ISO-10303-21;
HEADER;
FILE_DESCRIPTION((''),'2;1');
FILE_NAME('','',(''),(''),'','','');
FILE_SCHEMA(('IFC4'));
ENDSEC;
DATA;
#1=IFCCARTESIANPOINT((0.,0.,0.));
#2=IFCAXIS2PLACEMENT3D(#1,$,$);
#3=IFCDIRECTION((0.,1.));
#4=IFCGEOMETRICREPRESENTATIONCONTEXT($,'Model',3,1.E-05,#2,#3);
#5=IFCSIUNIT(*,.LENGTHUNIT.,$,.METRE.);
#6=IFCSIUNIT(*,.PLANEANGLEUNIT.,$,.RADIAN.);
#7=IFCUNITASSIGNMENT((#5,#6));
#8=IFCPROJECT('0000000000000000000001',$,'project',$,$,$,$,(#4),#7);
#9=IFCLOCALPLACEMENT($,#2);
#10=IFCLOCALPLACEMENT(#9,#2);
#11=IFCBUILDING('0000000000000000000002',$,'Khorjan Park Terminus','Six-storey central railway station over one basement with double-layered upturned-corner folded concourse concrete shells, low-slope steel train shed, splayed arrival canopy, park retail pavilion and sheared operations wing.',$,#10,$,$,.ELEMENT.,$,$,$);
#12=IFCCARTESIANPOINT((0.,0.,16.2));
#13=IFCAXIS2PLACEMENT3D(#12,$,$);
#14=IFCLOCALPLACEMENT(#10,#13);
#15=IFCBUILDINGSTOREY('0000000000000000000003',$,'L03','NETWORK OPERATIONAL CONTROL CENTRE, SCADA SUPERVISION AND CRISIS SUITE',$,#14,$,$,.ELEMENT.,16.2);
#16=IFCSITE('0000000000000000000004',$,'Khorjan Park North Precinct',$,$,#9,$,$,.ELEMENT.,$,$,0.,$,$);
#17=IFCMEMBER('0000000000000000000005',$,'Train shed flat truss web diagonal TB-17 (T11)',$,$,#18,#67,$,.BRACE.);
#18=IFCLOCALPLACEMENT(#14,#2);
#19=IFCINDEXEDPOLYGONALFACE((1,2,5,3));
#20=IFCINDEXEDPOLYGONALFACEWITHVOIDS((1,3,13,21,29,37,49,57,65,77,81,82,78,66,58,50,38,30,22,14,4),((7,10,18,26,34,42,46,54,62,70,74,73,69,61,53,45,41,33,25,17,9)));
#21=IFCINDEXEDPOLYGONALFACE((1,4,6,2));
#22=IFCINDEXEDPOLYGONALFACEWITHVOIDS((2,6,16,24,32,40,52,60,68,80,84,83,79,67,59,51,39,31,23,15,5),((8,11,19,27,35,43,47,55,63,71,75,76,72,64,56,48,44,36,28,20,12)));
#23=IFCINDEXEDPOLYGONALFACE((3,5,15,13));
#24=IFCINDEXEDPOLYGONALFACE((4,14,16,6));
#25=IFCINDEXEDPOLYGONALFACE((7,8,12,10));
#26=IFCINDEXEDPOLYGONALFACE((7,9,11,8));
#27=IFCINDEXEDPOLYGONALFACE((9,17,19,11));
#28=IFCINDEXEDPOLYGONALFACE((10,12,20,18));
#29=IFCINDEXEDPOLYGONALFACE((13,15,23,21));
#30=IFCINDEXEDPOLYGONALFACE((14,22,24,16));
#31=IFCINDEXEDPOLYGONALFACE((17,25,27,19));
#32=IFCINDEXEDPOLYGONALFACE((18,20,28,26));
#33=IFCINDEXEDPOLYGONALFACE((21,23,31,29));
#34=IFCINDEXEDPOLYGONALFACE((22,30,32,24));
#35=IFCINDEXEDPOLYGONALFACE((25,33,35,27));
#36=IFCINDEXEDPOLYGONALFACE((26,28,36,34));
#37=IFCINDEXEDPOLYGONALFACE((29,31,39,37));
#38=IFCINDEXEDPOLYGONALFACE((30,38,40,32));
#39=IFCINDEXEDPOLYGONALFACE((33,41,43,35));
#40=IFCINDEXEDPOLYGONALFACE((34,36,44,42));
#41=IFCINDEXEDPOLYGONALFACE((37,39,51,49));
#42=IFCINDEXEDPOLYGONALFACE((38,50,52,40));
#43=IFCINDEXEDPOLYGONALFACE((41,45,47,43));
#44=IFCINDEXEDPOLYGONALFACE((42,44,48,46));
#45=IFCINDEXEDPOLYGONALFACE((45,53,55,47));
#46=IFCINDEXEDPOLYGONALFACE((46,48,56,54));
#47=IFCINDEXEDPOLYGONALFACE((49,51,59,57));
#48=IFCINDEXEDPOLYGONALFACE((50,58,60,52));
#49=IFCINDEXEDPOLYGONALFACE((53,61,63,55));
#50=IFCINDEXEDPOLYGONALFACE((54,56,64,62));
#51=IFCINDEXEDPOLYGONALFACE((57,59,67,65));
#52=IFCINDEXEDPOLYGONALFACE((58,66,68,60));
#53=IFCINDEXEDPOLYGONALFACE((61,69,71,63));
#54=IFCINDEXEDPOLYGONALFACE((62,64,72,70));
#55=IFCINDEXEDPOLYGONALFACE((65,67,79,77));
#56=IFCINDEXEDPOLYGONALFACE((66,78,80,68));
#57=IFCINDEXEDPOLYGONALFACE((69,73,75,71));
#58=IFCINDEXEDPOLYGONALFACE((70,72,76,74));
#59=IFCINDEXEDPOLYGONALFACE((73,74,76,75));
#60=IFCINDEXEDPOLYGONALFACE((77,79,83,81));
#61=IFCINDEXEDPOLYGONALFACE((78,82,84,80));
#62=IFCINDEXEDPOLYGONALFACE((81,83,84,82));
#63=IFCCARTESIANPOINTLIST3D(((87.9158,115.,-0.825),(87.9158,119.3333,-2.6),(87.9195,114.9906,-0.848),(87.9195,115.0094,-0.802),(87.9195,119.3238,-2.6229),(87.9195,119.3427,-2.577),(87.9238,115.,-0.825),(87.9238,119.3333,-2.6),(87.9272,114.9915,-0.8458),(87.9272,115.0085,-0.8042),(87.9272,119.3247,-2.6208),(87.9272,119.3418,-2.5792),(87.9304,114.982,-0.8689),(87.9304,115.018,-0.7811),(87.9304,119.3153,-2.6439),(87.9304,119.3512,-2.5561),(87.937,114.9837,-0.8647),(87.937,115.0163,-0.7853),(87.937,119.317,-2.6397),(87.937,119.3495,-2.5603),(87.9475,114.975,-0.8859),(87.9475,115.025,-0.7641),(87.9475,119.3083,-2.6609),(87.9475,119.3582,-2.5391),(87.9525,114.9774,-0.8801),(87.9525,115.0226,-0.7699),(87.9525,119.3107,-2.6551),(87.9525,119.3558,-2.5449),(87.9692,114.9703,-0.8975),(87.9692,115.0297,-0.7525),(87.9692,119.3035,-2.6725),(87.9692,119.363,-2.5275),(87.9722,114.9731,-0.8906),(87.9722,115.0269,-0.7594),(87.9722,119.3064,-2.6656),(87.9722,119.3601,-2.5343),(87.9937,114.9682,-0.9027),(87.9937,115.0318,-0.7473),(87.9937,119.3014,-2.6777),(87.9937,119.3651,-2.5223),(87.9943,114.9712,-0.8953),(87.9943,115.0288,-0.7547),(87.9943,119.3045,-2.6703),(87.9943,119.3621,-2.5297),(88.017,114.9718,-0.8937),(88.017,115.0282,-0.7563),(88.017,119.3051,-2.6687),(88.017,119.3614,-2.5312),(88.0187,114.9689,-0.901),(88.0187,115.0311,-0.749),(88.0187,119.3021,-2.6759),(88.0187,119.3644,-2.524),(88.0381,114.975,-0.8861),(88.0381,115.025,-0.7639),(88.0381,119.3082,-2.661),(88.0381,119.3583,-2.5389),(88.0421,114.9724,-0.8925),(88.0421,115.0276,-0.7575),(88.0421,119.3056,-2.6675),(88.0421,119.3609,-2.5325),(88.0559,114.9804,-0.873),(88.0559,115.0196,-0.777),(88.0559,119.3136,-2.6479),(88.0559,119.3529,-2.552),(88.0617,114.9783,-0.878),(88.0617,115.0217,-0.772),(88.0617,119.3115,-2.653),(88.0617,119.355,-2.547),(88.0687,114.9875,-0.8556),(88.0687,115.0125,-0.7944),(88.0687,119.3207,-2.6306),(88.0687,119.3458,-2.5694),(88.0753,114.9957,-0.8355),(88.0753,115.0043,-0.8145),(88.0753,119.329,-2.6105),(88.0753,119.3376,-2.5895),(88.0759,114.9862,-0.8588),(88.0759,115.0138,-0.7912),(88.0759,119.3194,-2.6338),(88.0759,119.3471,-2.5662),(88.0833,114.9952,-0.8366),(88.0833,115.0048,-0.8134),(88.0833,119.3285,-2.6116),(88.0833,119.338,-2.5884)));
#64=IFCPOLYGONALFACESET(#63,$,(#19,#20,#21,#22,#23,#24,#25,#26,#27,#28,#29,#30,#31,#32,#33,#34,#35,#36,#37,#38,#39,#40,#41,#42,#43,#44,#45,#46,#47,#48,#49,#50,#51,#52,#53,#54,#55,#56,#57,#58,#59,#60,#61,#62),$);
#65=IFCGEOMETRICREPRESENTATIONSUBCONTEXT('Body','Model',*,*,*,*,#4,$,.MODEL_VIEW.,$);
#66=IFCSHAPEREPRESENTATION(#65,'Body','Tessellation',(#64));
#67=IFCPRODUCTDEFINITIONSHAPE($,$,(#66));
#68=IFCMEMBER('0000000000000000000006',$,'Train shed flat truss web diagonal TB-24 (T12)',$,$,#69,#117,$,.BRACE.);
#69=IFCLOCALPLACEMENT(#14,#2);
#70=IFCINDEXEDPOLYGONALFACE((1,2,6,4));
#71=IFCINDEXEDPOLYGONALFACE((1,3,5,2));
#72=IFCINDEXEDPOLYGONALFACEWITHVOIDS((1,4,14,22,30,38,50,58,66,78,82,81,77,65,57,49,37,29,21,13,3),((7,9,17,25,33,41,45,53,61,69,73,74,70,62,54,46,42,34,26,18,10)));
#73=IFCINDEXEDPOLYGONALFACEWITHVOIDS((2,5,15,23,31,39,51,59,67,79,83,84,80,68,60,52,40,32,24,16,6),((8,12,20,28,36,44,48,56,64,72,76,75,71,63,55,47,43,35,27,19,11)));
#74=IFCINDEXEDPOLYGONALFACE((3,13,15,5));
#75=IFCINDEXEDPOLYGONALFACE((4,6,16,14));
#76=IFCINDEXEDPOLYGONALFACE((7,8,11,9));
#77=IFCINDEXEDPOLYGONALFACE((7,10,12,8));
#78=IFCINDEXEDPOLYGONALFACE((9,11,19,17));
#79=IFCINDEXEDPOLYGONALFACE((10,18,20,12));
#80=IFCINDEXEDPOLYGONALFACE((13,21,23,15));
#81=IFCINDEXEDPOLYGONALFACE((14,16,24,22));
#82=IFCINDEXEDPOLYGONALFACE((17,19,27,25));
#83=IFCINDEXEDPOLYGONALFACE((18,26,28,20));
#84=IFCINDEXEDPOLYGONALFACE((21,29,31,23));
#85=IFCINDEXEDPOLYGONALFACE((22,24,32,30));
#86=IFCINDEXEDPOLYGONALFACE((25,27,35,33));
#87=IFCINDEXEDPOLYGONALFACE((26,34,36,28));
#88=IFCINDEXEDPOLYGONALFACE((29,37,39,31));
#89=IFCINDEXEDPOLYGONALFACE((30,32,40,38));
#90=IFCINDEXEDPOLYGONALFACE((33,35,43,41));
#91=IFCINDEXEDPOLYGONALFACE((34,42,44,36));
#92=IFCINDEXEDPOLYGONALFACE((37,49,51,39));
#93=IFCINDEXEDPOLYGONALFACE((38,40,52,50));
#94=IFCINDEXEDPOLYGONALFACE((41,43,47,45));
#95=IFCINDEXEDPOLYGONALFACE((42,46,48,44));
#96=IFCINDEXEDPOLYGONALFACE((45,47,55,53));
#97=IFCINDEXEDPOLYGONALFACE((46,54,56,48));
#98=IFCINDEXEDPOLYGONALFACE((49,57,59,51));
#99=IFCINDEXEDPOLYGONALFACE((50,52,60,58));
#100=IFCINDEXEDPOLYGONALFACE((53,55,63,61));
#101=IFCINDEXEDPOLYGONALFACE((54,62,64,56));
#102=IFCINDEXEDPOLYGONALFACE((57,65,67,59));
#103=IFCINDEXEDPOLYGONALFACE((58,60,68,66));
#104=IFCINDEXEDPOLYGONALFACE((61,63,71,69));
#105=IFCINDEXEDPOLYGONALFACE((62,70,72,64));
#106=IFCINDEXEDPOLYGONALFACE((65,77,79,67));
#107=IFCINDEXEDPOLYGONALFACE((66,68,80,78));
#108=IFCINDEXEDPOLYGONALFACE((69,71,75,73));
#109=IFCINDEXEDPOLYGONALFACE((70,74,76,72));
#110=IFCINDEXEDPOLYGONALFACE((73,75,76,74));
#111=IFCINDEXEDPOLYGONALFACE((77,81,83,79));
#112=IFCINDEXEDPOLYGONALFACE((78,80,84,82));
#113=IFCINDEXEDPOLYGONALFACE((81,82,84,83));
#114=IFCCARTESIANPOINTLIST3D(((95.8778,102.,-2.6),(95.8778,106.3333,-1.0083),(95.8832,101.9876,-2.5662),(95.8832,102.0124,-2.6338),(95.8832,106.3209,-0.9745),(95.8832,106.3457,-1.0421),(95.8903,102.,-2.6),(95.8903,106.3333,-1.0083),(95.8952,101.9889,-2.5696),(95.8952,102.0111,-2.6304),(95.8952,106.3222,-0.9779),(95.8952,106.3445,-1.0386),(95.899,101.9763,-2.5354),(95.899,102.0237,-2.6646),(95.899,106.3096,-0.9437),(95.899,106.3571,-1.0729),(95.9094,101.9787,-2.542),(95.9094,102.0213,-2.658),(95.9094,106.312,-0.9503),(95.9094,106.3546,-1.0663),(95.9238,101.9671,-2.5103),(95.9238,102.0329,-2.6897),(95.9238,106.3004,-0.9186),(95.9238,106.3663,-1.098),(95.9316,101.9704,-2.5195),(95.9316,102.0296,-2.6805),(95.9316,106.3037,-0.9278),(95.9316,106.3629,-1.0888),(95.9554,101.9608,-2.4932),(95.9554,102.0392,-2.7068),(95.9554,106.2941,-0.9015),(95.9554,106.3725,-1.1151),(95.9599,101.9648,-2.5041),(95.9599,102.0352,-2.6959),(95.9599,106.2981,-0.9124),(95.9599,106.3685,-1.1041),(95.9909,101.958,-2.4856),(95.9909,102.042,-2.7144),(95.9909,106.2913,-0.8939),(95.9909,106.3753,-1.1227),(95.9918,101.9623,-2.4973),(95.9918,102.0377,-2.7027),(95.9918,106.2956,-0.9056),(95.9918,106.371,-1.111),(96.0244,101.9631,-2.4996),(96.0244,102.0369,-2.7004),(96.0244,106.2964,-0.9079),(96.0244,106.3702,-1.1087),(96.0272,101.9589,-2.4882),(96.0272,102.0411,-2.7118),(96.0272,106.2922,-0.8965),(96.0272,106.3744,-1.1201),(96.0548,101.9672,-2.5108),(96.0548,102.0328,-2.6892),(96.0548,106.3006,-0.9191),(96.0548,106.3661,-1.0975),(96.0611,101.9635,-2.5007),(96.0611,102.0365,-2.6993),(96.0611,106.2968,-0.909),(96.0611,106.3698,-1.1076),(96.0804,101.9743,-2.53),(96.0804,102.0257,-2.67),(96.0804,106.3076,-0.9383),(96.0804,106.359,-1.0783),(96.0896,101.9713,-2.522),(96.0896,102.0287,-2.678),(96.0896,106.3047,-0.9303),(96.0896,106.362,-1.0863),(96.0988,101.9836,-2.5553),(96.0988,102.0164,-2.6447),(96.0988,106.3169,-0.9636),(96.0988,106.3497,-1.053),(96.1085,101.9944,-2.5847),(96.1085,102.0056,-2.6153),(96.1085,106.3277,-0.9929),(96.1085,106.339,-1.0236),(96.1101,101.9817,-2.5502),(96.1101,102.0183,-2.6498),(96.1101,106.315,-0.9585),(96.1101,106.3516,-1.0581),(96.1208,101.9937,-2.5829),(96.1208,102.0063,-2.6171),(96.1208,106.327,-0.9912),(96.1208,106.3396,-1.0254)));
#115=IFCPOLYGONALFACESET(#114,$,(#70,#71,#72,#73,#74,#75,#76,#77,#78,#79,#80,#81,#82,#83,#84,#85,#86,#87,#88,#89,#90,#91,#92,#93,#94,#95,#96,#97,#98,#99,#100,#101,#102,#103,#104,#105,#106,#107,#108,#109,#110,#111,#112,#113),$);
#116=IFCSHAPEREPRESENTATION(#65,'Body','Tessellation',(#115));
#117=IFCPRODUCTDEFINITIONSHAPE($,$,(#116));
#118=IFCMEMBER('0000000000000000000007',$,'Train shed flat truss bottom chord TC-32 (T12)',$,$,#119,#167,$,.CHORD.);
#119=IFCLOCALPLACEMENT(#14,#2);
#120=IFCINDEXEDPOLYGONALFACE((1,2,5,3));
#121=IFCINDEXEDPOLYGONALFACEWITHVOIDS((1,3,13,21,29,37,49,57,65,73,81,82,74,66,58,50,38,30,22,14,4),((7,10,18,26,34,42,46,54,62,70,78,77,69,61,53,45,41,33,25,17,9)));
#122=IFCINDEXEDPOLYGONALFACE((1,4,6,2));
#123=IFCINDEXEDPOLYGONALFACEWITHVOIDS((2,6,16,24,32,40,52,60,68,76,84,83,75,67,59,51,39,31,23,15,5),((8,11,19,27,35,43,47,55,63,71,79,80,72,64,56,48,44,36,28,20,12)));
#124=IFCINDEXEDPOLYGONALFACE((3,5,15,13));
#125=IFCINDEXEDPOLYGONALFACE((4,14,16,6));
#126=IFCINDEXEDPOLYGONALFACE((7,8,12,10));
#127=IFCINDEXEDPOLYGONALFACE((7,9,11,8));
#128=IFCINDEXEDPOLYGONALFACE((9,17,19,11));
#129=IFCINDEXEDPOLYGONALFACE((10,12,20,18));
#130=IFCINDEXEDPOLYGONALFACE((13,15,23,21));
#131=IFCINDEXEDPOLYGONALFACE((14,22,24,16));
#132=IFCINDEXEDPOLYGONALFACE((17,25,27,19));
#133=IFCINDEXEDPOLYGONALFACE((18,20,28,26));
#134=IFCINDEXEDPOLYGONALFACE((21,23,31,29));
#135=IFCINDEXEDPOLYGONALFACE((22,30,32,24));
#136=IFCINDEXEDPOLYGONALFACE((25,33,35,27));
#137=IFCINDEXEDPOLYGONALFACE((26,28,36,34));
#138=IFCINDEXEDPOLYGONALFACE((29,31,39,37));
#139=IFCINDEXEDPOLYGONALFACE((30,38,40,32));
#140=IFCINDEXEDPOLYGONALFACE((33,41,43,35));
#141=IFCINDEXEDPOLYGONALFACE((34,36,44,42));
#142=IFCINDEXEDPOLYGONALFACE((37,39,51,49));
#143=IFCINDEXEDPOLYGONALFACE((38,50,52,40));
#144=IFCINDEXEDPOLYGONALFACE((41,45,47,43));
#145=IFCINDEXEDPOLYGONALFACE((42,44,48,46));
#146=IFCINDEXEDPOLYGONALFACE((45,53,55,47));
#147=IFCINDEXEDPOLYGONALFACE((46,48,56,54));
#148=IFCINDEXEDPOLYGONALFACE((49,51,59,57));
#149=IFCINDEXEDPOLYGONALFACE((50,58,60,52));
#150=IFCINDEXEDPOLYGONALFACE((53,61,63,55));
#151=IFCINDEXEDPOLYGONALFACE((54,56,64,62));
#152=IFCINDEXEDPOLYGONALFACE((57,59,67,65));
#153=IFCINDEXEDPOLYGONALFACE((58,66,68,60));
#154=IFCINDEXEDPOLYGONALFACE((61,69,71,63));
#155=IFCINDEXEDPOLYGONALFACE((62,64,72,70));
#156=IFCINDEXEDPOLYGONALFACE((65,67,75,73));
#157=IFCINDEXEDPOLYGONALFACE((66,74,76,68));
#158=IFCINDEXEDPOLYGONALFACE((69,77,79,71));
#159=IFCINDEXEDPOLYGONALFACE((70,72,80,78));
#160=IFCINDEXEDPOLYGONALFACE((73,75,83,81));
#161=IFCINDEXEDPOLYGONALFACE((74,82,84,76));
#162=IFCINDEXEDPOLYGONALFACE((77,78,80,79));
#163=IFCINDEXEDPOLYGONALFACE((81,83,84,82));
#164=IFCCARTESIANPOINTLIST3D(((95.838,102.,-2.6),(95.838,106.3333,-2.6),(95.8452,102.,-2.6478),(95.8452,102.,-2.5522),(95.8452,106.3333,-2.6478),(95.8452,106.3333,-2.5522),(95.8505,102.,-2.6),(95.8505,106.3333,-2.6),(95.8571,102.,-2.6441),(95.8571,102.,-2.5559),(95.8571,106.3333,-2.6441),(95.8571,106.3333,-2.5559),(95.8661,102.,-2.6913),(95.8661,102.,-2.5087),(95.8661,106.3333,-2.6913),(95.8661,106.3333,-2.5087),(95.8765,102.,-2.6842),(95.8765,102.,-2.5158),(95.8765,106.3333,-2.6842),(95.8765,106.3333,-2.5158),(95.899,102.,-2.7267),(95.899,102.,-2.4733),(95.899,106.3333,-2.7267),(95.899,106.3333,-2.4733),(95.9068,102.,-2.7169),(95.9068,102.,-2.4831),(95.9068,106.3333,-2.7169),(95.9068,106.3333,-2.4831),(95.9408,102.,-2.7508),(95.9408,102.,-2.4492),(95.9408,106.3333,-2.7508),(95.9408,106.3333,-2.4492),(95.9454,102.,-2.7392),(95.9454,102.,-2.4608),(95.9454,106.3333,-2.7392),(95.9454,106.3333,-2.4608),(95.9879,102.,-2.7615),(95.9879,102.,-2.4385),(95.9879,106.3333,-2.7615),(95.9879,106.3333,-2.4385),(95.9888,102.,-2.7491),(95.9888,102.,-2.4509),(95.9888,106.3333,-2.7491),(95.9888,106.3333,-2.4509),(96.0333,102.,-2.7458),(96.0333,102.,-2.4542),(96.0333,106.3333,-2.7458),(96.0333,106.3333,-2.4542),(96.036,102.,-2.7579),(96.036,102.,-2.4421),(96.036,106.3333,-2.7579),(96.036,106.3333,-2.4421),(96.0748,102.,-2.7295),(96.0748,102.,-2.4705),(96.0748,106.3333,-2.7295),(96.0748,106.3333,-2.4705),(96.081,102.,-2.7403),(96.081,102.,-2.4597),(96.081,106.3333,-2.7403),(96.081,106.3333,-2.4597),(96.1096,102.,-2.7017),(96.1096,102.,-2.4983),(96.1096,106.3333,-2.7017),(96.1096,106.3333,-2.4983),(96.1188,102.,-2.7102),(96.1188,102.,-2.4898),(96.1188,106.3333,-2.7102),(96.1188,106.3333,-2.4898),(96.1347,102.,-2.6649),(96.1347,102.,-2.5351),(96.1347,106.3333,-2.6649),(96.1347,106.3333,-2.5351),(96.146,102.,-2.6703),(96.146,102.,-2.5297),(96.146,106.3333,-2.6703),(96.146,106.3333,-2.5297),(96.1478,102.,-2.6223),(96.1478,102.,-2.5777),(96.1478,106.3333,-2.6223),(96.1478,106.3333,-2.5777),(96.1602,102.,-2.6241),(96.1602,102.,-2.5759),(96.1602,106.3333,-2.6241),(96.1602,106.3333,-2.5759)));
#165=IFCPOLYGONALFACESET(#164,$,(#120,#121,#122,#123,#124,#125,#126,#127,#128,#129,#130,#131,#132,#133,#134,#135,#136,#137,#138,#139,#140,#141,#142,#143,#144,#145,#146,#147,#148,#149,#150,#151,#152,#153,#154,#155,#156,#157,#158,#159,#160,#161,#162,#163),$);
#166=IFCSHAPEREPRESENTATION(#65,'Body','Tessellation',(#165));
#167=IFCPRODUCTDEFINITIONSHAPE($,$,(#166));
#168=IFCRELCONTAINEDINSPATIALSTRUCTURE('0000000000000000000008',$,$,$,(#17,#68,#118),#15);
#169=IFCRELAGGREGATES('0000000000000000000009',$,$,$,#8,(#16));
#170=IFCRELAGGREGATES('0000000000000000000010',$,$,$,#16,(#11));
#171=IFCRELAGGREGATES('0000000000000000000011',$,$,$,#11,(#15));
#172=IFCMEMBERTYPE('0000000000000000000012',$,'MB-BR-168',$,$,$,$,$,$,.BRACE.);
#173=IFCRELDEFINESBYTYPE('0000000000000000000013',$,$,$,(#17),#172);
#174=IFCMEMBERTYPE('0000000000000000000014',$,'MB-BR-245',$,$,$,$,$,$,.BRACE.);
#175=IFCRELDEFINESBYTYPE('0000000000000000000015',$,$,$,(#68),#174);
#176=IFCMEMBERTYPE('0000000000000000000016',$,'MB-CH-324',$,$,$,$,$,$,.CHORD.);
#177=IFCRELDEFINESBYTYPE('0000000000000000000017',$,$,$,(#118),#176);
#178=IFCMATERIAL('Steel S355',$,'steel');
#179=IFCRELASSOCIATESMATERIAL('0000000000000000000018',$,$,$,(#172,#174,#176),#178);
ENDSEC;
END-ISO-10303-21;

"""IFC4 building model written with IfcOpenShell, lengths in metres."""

from ifc_helpers import new_model, si_unit, direction, frame, origin, origin_2d, place, context, subcontext, project, spatial, hollow_circle, extrude, material, material_profile, profile_set, type_object, element, save


model = new_model("IFC4")

# Units and contexts
model_context = context("Model", 3, precision=1e-05, world=origin(), true_north=direction((0.0, 1.0)))
body_context = subcontext(model_context, "Body", "Model", "MODEL_VIEW")
ifc_project = project(units=[si_unit("LENGTHUNIT", "METRE"), si_unit("PLANEANGLEUNIT", "RADIAN")], contexts=[model_context])

# Site, building, storey
site_placement = place(None, origin())
site = spatial("IfcSite", under=ifc_project, at=site_placement, Name="Khorjan Park North Precinct", CompositionType="ELEMENT", RefElevation=0.0)
building_placement = place(site_placement, origin())
building = spatial("IfcBuilding", under=site, at=building_placement, Name="Khorjan Park Terminus", Description="Six-storey central railway station over one basement with double-layered upturned-corner folded concourse concrete shells, low-slope steel train shed, splayed arrival canopy, park retail pavilion and sheared operations wing.", CompositionType="ELEMENT")
storey_placement = place(building_placement, frame((0.0, 0.0, 16.2)))
storey = spatial("IfcBuildingStorey", under=building, at=storey_placement, Name="L03", Description="NETWORK OPERATIONAL CONTROL CENTRE, SCADA SUPERVISION AND CRISIS SUITE", CompositionType="ELEMENT", Elevation=16.2)

# Members
ifc_material_1 = material(Name="Steel S355", Category="steel")
ifc_material_profile_1 = material_profile(ifc_material_1, hollow_circle(Radius=0.0842, WallThickness=0.008, at=origin_2d()), Name="CHS 168.3x8")
ifc_profile_set_1 = profile_set([ifc_material_profile_1], Name="Steel S355")
member_type_1 = type_object("IfcMemberType", Name="MB-BR-168", PredefinedType="BRACE", material=ifc_profile_set_1)
for number, where, z_axis, x_axis, name in (
    (1, (88.0, 115.0, -0.825), (0.0, 0.925376, -0.379051), (-1.0, 0.0, 0.0), "Train shed flat truss web diagonal TB-17 (T11)"),
):
    element("IfcMember", number, at=place(storey_placement, frame(where, z_axis=z_axis, x_axis=x_axis)), inside=storey, type_object=member_type_1, Name=name, PredefinedType="BRACE", context=body_context, shape_type="SweptSolid", body=[
        extrude(hollow_circle(Radius=0.0842, WallThickness=0.008, at=origin_2d()), origin(), (0.0, 0.0, 1.0), 4.6827),
    ])
ifc_material_profile_2 = material_profile(ifc_material_1, hollow_circle(Radius=0.1222, WallThickness=0.0125, at=origin_2d()), Name="CHS 244.5x12.5")
ifc_profile_set_2 = profile_set([ifc_material_profile_2], Name="Steel S355")
member_type_2 = type_object("IfcMemberType", Name="MB-BR-245", PredefinedType="BRACE", material=ifc_profile_set_2)
member_1_placement = place(storey_placement, frame((96.0, 102.0, -2.6), z_axis=(0.0, 0.938678, 0.344794), x_axis=(-1.0, 0.0, 0.0)))
element("IfcMember", 2, at=member_1_placement, inside=storey, type_object=member_type_2, Name="Train shed flat truss web diagonal TB-24 (T12)", PredefinedType="BRACE", context=body_context, shape_type="SweptSolid", body=[
    extrude(hollow_circle(Radius=0.1222, WallThickness=0.0125, at=origin_2d()), origin(), (0.0, 0.0, 1.0), 4.6164),
])
ifc_material_profile_3 = material_profile(ifc_material_1, hollow_circle(Radius=0.162, WallThickness=0.0125, at=origin_2d()), Name="CHS 323.9x12.5")
ifc_profile_set_3 = profile_set([ifc_material_profile_3], Name="Steel S355")
member_type_3 = type_object("IfcMemberType", Name="MB-CH-324", PredefinedType="CHORD", material=ifc_profile_set_3)
member_2_placement = place(storey_placement, frame((96.0, 102.0, -2.6), z_axis=(0.0, 1.0, 0.0), x_axis=(-1.0, 0.0, 0.0)))
element("IfcMember", 3, at=member_2_placement, inside=storey, type_object=member_type_3, Name="Train shed flat truss bottom chord TC-32 (T12)", PredefinedType="CHORD", context=body_context, shape_type="SweptSolid", body=[
    extrude(hollow_circle(Radius=0.162, WallThickness=0.0125, at=origin_2d()), origin(), (0.0, 0.0, 1.0), 4.3333),
])

save(model, "model.ifc")
